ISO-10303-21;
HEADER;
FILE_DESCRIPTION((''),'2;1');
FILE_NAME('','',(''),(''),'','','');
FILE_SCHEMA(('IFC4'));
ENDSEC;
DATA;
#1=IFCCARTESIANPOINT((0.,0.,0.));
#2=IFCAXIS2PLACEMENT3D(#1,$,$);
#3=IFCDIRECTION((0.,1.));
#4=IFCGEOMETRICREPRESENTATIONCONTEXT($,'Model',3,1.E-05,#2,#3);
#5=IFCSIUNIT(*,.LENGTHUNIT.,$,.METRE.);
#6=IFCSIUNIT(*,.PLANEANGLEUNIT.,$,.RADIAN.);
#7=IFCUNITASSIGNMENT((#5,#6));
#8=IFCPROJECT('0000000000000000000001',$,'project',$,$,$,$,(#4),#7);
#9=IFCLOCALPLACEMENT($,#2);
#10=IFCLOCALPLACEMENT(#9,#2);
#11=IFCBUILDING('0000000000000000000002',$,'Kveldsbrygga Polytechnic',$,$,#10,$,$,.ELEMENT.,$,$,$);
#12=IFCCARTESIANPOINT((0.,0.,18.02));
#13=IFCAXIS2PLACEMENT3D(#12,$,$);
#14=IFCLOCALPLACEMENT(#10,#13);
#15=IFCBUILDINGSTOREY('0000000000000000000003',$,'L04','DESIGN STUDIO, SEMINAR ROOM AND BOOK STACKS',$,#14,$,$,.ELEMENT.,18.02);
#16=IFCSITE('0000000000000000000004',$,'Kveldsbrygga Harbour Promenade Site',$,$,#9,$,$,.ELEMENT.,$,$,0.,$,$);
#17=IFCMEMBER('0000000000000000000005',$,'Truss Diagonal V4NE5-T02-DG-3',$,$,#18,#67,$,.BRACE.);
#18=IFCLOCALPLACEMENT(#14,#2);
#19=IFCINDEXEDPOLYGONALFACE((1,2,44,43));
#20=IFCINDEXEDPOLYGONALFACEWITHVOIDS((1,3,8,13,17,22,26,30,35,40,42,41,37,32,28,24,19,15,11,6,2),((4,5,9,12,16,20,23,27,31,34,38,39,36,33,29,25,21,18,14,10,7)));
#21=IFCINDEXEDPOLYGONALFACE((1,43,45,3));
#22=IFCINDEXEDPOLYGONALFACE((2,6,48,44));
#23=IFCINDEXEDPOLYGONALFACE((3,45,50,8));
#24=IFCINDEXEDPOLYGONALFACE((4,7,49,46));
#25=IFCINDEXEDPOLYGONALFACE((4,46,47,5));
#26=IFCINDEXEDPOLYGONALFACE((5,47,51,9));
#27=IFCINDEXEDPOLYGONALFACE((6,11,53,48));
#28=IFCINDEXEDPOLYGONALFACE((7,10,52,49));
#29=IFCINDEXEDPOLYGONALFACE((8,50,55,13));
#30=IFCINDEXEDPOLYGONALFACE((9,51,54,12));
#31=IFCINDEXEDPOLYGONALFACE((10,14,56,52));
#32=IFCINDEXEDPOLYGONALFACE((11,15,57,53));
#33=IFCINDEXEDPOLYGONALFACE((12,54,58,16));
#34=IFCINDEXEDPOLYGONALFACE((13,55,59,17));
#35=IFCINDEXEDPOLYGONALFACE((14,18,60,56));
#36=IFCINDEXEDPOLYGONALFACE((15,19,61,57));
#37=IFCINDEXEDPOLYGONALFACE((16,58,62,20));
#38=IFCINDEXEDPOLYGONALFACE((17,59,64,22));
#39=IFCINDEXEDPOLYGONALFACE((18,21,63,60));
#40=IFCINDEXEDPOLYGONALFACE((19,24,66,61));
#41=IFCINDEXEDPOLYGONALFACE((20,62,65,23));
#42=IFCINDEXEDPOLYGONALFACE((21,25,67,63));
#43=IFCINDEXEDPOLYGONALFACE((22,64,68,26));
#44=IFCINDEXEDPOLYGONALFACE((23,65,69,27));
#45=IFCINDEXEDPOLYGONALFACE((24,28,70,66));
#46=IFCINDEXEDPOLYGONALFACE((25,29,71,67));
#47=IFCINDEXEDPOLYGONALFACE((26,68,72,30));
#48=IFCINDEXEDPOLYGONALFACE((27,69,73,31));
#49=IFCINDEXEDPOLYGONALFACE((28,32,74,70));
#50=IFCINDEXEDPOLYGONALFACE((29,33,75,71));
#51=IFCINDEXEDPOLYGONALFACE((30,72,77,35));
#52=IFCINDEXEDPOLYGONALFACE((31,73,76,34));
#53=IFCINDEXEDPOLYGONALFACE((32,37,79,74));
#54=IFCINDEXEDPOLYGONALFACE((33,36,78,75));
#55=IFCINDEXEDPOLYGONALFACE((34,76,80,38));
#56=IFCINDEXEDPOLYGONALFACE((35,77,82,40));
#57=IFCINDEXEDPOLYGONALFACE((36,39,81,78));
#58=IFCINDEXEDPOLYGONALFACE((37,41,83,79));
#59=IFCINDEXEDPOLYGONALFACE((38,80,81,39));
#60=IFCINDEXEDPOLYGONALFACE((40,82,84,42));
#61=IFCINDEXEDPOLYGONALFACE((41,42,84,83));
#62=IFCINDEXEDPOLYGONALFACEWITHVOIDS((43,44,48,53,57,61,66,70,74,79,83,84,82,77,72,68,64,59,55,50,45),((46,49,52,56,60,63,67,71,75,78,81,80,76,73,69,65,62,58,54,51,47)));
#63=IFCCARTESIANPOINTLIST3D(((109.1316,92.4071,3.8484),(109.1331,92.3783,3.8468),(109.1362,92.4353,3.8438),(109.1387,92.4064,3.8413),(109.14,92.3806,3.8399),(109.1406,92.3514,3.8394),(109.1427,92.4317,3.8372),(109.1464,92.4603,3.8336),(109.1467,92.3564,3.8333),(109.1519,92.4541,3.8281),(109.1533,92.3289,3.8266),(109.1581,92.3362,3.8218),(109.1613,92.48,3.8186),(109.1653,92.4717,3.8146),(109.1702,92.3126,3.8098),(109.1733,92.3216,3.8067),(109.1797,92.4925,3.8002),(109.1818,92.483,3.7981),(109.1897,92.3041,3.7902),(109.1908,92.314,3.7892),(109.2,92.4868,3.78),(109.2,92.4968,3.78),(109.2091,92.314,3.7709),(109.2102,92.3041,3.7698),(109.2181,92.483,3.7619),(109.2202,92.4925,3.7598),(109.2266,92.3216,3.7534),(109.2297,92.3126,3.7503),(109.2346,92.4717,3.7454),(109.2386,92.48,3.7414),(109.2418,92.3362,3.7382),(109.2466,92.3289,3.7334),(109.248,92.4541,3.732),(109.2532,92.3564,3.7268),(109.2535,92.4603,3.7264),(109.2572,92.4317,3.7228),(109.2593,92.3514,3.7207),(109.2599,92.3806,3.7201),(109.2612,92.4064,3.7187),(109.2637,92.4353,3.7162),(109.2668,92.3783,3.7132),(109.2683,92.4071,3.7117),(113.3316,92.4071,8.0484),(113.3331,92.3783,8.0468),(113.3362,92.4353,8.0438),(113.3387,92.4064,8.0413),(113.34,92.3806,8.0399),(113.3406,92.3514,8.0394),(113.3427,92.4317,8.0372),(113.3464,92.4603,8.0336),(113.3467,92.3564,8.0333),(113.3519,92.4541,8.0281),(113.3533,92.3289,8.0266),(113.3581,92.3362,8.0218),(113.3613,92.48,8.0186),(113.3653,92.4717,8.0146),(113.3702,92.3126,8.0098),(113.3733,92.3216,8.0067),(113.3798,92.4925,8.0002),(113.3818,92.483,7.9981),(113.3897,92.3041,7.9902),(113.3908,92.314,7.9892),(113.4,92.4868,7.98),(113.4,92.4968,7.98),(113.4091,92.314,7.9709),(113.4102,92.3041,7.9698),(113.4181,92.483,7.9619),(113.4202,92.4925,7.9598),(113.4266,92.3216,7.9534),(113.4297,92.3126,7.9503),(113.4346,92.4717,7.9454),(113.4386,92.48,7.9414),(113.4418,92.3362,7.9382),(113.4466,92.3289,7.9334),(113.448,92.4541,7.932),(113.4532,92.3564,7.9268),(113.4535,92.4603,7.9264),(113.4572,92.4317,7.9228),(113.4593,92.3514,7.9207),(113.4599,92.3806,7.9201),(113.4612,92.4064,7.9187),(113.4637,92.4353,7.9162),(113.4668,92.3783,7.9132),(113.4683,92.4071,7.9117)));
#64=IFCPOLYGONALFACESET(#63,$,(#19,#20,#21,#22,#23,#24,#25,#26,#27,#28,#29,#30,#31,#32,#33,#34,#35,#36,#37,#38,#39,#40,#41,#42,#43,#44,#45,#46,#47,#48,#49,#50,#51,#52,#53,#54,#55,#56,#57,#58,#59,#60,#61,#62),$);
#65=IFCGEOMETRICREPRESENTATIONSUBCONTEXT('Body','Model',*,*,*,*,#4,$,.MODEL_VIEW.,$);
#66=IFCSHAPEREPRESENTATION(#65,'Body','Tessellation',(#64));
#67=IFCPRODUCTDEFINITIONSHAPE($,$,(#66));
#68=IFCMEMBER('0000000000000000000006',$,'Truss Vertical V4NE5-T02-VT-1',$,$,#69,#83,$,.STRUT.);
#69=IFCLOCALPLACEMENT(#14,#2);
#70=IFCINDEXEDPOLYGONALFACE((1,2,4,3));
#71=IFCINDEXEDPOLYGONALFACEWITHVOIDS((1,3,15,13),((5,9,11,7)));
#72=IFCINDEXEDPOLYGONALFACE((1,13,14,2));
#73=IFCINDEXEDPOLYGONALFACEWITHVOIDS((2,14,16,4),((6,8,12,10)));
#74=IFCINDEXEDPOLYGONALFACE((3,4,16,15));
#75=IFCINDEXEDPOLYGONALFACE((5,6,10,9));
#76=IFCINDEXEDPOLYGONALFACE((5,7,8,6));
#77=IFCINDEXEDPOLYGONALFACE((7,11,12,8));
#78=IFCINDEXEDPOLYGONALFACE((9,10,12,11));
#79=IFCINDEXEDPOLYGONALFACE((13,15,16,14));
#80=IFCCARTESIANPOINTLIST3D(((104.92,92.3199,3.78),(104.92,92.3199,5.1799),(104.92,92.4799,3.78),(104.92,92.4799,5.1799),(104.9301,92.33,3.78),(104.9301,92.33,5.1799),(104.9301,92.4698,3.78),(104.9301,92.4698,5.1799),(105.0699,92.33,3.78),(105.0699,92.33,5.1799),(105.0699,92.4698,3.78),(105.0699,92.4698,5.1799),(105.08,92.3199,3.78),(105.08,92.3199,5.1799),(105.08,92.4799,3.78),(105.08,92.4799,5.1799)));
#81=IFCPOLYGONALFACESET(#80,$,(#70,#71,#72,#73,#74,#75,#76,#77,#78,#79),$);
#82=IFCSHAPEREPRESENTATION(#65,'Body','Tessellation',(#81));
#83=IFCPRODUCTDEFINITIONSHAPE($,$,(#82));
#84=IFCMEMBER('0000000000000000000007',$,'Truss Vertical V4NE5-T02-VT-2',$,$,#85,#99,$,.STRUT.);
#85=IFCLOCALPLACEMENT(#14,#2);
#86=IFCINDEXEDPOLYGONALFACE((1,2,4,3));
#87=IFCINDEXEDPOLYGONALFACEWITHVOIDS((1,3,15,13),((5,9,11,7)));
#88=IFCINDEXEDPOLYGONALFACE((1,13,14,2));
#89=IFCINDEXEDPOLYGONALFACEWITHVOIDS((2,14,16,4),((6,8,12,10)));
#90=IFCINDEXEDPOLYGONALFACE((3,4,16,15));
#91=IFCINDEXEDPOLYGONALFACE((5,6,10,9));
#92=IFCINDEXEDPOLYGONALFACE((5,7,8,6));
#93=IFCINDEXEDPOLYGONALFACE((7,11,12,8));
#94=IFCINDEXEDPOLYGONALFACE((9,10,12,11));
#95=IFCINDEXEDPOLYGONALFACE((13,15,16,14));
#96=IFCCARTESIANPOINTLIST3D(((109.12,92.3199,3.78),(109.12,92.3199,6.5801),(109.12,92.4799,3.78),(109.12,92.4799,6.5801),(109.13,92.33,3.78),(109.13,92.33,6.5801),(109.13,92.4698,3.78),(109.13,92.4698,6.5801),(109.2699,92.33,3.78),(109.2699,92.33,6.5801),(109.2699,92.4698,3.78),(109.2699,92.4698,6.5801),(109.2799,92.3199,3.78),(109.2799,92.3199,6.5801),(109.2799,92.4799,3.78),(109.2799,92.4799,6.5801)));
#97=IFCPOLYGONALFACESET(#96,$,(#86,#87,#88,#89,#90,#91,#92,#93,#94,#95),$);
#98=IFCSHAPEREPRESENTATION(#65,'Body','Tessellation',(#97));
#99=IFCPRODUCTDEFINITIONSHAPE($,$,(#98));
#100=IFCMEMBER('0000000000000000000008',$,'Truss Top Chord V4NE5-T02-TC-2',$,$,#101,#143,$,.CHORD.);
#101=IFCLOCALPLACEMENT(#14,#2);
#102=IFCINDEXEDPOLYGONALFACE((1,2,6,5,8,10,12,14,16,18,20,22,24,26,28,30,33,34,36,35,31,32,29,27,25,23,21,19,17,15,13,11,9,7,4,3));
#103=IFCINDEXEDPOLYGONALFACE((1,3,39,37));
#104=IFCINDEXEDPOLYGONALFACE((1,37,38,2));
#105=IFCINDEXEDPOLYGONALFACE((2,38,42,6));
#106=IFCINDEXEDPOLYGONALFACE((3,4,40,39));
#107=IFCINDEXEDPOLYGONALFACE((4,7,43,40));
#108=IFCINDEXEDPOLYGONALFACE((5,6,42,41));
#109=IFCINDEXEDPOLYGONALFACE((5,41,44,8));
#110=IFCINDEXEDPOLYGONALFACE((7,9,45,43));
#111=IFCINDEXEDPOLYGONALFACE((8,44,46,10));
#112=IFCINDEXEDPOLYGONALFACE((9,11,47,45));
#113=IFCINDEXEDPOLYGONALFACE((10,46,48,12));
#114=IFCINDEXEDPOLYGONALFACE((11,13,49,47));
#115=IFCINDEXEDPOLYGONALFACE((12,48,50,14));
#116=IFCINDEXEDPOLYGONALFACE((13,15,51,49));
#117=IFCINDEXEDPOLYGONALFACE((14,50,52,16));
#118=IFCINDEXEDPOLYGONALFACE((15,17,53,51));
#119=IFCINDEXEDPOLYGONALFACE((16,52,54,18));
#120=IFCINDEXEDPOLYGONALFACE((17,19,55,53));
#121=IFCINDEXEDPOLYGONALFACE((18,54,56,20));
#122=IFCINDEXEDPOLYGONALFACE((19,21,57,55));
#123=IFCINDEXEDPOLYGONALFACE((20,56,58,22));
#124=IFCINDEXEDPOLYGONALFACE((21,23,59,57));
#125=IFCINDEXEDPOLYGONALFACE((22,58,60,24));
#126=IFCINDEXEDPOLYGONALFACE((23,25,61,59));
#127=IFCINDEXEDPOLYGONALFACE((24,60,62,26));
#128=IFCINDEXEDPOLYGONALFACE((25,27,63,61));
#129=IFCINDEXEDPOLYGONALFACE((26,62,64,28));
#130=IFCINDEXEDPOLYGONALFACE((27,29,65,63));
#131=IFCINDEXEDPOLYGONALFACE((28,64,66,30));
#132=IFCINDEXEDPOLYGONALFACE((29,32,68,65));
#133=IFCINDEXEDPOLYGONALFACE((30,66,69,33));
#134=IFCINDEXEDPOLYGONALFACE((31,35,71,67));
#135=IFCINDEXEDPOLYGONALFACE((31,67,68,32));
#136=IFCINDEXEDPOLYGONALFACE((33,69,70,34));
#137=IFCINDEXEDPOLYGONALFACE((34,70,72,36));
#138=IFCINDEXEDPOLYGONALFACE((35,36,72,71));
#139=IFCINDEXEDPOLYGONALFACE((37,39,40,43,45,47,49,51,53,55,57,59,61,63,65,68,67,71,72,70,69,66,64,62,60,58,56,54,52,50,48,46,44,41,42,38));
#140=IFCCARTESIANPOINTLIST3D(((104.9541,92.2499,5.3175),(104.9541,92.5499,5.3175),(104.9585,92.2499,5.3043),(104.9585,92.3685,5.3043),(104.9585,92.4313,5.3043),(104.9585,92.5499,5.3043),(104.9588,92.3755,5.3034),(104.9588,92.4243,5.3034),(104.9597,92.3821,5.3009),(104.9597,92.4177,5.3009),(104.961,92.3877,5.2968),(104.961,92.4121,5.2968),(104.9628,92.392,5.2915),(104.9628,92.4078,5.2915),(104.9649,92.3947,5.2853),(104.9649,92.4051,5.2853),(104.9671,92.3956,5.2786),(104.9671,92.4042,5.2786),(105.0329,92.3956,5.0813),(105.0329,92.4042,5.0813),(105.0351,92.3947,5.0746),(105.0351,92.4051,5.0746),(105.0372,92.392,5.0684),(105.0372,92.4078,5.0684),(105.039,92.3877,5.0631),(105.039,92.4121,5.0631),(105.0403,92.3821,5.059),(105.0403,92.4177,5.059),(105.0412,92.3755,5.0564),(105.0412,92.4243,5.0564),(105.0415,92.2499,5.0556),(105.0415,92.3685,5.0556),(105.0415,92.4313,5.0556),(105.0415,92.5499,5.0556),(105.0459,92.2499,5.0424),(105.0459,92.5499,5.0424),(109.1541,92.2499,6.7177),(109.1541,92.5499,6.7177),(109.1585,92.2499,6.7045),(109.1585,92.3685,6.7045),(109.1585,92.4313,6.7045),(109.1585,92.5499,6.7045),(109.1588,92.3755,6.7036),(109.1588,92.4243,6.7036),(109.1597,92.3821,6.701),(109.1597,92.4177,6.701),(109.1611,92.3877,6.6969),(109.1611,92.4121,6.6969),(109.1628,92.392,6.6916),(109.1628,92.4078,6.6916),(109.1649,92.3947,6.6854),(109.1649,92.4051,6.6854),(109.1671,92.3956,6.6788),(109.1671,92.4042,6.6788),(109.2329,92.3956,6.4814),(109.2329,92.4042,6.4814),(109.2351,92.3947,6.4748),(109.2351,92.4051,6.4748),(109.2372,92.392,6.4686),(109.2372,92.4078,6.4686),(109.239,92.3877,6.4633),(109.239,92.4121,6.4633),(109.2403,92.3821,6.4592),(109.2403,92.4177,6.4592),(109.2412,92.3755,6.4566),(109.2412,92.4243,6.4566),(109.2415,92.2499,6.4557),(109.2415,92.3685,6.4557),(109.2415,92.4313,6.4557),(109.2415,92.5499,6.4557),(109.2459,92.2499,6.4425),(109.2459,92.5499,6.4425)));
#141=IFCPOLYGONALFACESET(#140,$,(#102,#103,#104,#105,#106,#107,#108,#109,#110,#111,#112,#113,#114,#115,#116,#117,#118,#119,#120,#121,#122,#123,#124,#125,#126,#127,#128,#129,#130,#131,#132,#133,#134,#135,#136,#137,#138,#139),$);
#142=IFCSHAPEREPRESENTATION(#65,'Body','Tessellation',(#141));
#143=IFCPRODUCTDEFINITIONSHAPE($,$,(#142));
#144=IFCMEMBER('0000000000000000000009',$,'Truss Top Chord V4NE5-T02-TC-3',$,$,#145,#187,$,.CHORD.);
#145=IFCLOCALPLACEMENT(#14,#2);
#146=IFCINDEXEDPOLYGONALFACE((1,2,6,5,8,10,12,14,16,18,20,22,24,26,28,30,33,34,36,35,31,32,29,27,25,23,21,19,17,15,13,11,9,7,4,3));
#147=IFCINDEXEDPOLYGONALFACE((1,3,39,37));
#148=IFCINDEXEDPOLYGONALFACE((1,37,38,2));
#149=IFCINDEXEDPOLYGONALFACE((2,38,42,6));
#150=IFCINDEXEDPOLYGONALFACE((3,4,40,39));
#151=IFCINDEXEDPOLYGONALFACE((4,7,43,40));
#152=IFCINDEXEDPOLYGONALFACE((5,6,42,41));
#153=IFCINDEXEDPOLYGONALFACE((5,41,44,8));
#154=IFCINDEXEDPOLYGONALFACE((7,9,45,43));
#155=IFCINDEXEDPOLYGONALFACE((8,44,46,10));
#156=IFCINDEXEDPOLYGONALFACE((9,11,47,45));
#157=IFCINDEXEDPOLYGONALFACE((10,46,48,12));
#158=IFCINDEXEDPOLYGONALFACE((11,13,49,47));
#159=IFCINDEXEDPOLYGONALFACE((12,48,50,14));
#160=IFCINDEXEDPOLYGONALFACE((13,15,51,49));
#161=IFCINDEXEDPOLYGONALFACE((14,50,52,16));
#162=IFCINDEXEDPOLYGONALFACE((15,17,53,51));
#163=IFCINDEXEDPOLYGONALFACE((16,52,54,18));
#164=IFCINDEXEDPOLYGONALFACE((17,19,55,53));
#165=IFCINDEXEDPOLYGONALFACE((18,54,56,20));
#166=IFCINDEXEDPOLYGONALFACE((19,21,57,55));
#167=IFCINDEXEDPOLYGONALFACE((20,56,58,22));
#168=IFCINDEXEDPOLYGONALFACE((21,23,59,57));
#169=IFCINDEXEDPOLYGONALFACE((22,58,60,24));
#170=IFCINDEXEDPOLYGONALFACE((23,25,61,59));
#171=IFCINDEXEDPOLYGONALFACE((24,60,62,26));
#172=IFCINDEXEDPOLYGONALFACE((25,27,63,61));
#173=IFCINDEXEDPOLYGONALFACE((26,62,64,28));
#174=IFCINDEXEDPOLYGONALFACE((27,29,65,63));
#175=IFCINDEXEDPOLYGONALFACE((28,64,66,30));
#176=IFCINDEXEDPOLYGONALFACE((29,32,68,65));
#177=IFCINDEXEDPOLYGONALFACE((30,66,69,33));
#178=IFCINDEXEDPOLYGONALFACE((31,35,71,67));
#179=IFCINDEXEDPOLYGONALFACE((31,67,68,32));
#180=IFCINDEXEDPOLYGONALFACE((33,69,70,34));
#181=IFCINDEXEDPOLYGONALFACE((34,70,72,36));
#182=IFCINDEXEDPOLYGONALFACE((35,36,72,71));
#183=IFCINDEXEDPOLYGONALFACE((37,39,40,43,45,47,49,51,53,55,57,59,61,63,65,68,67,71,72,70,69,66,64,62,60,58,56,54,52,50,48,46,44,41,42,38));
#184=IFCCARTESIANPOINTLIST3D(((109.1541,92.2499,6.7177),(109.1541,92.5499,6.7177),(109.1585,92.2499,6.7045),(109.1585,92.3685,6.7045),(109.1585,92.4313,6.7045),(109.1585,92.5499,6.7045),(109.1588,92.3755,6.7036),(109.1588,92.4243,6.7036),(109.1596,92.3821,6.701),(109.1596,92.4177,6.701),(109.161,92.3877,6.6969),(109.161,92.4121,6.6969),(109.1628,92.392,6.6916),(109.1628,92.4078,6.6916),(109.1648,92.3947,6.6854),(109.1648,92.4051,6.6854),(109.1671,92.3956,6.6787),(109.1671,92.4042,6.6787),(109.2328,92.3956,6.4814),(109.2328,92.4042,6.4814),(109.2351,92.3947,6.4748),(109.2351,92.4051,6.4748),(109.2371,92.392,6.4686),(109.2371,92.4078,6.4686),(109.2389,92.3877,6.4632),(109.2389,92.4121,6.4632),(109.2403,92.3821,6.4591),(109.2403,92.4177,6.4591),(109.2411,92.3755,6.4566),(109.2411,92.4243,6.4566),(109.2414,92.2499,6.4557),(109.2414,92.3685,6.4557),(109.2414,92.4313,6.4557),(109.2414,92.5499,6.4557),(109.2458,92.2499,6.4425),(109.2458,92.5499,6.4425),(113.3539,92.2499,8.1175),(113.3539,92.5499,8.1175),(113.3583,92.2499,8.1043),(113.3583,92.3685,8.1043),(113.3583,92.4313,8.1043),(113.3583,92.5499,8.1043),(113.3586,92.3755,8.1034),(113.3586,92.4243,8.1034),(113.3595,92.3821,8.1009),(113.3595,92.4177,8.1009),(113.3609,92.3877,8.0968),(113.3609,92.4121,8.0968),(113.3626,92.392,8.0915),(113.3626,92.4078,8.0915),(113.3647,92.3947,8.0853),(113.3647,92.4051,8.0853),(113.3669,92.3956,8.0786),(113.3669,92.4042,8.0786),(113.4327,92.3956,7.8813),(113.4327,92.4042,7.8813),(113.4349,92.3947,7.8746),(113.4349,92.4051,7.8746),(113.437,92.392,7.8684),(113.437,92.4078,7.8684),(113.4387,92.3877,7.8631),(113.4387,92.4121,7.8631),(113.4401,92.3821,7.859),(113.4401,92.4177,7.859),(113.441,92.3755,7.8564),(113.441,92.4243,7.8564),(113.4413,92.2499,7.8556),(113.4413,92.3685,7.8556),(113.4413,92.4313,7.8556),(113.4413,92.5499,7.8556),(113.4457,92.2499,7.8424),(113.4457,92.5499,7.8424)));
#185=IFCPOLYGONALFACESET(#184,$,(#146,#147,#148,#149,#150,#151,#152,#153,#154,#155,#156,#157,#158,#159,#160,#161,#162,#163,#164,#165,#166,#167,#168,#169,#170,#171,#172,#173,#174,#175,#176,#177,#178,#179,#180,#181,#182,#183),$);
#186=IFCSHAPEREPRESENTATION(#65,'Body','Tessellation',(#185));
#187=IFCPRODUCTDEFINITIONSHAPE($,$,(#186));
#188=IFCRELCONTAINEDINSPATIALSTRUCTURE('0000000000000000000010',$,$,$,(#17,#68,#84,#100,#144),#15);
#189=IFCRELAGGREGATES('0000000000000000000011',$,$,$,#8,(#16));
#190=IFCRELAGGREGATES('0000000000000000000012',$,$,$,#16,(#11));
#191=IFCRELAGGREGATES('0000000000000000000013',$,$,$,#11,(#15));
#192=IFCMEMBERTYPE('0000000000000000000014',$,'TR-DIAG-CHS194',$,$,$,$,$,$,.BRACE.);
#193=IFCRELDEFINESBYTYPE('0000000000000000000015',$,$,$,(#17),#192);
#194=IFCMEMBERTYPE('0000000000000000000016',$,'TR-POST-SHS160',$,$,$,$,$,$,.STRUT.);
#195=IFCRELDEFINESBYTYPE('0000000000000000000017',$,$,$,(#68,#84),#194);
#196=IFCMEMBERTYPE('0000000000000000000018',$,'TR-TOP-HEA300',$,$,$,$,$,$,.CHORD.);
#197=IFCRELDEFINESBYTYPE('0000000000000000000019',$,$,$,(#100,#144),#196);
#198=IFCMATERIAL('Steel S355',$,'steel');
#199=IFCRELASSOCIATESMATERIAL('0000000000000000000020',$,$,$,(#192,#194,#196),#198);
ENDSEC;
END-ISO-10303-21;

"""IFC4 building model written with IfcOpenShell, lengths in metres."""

from ifc_helpers import new_model, si_unit, direction, frame, origin, origin_2d, place, context, subcontext, project, spatial, hollow_rectangle, hollow_circle, i_section, extrude, material, material_profile, profile_set, type_object, element, save


model = new_model("IFC4")

# Units and contexts
model_context = context("Model", 3, precision=1e-05, world=origin(), true_north=direction((0.0, 1.0)))
body_context = subcontext(model_context, "Body", "Model", "MODEL_VIEW")
ifc_project = project(units=[si_unit("LENGTHUNIT", "METRE"), si_unit("PLANEANGLEUNIT", "RADIAN")], contexts=[model_context])

# Site, building, storey
site_placement = place(None, origin())
site = spatial("IfcSite", under=ifc_project, at=site_placement, Name="Kveldsbrygga Harbour Promenade Site", CompositionType="ELEMENT", RefElevation=0.0)
building_placement = place(site_placement, origin())
building = spatial("IfcBuilding", under=site, at=building_placement, Name="Kveldsbrygga Polytechnic", CompositionType="ELEMENT")
storey_placement = place(building_placement, frame((0.0, 0.0, 18.02)))
storey = spatial("IfcBuildingStorey", under=building, at=storey_placement, Name="L04", Description="DESIGN STUDIO, SEMINAR ROOM AND BOOK STACKS", CompositionType="ELEMENT", Elevation=18.02)

# Members
ifc_material_1 = material(Name="Steel S355", Category="steel")
ifc_material_profile_1 = material_profile(ifc_material_1, hollow_circle(Radius=0.0969, WallThickness=0.01, at=origin_2d()), Name="CHS 193.7x10.0")
ifc_profile_set_1 = profile_set([ifc_material_profile_1], Name="Steel S355")
member_type_1 = type_object("IfcMemberType", Name="TR-DIAG-CHS194", PredefinedType="BRACE", material=ifc_profile_set_1)
member_1_placement = place(storey_placement, frame((109.2, 92.3999, 3.78), z_axis=(0.707107, 0.0, 0.707107), x_axis=(0.0, 1.0, 0.0)))
element("IfcMember", 1, at=member_1_placement, inside=storey, type_object=member_type_1, Name="Truss Diagonal V4NE5-T02-DG-3", PredefinedType="BRACE", context=body_context, shape_type="SweptSolid", body=[
    extrude(hollow_circle(Radius=0.0969, WallThickness=0.01, at=origin_2d()), origin(), (0.0, 0.0, 1.0), 5.9397),
])
ifc_material_profile_2 = material_profile(ifc_material_1, hollow_rectangle(XDim=0.1599, YDim=0.1599, WallThickness=0.01, at=origin_2d()), Name="SHS 160x160x10.0")
ifc_profile_set_2 = profile_set([ifc_material_profile_2], Name="Steel S355")
member_type_2 = type_object("IfcMemberType", Name="TR-POST-SHS160", PredefinedType="STRUT", material=ifc_profile_set_2)
member_2_placement = place(storey_placement, frame((105.0, 92.3999, 3.78), z_axis=(0.0, 0.0, 1.0), x_axis=(1.0, 0.0, 0.0)))
element("IfcMember", 2, at=member_2_placement, inside=storey, type_object=member_type_2, Name="Truss Vertical V4NE5-T02-VT-1", PredefinedType="STRUT", context=body_context, shape_type="SweptSolid", body=[
    extrude(hollow_rectangle(XDim=0.1599, YDim=0.1599, WallThickness=0.01, at=origin_2d()), origin(), (0.0, 0.0, 1.0), 1.3999),
])
member_3_placement = place(storey_placement, frame((109.2, 92.3999, 3.78), z_axis=(0.0, 0.0, 1.0), x_axis=(1.0, 0.0, 0.0)))
element("IfcMember", 3, at=member_3_placement, inside=storey, type_object=member_type_2, Name="Truss Vertical V4NE5-T02-VT-2", PredefinedType="STRUT", context=body_context, shape_type="SweptSolid", body=[
    extrude(hollow_rectangle(XDim=0.1599, YDim=0.1599, WallThickness=0.01, at=origin_2d()), origin(), (0.0, 0.0, 1.0), 2.8),
])
ifc_material_profile_3 = material_profile(ifc_material_1, i_section(OverallWidth=0.3, OverallDepth=0.29, WebThickness=0.0085, FlangeThickness=0.0139, FilletRadius=0.0271, at=origin_2d()), Name="HEA 300")
ifc_profile_set_3 = profile_set([ifc_material_profile_3], Name="Steel S355")
member_type_3 = type_object("IfcMemberType", Name="TR-TOP-HEA300", PredefinedType="CHORD", material=ifc_profile_set_3)
member_4_placement = place(storey_placement, frame((105.0, 92.3999, 5.1799), z_axis=(0.948672, 0.0, 0.316261), x_axis=(0.0, 1.0, 0.0)))
element("IfcMember", 4, at=member_4_placement, inside=storey, type_object=member_type_3, Name="Truss Top Chord V4NE5-T02-TC-2", PredefinedType="CHORD", context=body_context, shape_type="SweptSolid", body=[
    extrude(i_section(OverallWidth=0.3, OverallDepth=0.29, WebThickness=0.0085, FlangeThickness=0.0139, FilletRadius=0.0271, at=origin_2d()), origin(), (0.0, 0.0, 1.0), 4.4272),
])
member_5_placement = place(storey_placement, frame((109.2, 92.3999, 6.5801), z_axis=(0.948689, 0.0, 0.316211), x_axis=(0.0, 1.0, 0.0)))
element("IfcMember", 5, at=member_5_placement, inside=storey, type_object=member_type_3, Name="Truss Top Chord V4NE5-T02-TC-3", PredefinedType="CHORD", context=body_context, shape_type="SweptSolid", body=[
    extrude(i_section(OverallWidth=0.3, OverallDepth=0.29, WebThickness=0.0085, FlangeThickness=0.0139, FilletRadius=0.0271, at=origin_2d()), origin(), (0.0, 0.0, 1.0), 4.427),
])

save(model, "model.ifc")
